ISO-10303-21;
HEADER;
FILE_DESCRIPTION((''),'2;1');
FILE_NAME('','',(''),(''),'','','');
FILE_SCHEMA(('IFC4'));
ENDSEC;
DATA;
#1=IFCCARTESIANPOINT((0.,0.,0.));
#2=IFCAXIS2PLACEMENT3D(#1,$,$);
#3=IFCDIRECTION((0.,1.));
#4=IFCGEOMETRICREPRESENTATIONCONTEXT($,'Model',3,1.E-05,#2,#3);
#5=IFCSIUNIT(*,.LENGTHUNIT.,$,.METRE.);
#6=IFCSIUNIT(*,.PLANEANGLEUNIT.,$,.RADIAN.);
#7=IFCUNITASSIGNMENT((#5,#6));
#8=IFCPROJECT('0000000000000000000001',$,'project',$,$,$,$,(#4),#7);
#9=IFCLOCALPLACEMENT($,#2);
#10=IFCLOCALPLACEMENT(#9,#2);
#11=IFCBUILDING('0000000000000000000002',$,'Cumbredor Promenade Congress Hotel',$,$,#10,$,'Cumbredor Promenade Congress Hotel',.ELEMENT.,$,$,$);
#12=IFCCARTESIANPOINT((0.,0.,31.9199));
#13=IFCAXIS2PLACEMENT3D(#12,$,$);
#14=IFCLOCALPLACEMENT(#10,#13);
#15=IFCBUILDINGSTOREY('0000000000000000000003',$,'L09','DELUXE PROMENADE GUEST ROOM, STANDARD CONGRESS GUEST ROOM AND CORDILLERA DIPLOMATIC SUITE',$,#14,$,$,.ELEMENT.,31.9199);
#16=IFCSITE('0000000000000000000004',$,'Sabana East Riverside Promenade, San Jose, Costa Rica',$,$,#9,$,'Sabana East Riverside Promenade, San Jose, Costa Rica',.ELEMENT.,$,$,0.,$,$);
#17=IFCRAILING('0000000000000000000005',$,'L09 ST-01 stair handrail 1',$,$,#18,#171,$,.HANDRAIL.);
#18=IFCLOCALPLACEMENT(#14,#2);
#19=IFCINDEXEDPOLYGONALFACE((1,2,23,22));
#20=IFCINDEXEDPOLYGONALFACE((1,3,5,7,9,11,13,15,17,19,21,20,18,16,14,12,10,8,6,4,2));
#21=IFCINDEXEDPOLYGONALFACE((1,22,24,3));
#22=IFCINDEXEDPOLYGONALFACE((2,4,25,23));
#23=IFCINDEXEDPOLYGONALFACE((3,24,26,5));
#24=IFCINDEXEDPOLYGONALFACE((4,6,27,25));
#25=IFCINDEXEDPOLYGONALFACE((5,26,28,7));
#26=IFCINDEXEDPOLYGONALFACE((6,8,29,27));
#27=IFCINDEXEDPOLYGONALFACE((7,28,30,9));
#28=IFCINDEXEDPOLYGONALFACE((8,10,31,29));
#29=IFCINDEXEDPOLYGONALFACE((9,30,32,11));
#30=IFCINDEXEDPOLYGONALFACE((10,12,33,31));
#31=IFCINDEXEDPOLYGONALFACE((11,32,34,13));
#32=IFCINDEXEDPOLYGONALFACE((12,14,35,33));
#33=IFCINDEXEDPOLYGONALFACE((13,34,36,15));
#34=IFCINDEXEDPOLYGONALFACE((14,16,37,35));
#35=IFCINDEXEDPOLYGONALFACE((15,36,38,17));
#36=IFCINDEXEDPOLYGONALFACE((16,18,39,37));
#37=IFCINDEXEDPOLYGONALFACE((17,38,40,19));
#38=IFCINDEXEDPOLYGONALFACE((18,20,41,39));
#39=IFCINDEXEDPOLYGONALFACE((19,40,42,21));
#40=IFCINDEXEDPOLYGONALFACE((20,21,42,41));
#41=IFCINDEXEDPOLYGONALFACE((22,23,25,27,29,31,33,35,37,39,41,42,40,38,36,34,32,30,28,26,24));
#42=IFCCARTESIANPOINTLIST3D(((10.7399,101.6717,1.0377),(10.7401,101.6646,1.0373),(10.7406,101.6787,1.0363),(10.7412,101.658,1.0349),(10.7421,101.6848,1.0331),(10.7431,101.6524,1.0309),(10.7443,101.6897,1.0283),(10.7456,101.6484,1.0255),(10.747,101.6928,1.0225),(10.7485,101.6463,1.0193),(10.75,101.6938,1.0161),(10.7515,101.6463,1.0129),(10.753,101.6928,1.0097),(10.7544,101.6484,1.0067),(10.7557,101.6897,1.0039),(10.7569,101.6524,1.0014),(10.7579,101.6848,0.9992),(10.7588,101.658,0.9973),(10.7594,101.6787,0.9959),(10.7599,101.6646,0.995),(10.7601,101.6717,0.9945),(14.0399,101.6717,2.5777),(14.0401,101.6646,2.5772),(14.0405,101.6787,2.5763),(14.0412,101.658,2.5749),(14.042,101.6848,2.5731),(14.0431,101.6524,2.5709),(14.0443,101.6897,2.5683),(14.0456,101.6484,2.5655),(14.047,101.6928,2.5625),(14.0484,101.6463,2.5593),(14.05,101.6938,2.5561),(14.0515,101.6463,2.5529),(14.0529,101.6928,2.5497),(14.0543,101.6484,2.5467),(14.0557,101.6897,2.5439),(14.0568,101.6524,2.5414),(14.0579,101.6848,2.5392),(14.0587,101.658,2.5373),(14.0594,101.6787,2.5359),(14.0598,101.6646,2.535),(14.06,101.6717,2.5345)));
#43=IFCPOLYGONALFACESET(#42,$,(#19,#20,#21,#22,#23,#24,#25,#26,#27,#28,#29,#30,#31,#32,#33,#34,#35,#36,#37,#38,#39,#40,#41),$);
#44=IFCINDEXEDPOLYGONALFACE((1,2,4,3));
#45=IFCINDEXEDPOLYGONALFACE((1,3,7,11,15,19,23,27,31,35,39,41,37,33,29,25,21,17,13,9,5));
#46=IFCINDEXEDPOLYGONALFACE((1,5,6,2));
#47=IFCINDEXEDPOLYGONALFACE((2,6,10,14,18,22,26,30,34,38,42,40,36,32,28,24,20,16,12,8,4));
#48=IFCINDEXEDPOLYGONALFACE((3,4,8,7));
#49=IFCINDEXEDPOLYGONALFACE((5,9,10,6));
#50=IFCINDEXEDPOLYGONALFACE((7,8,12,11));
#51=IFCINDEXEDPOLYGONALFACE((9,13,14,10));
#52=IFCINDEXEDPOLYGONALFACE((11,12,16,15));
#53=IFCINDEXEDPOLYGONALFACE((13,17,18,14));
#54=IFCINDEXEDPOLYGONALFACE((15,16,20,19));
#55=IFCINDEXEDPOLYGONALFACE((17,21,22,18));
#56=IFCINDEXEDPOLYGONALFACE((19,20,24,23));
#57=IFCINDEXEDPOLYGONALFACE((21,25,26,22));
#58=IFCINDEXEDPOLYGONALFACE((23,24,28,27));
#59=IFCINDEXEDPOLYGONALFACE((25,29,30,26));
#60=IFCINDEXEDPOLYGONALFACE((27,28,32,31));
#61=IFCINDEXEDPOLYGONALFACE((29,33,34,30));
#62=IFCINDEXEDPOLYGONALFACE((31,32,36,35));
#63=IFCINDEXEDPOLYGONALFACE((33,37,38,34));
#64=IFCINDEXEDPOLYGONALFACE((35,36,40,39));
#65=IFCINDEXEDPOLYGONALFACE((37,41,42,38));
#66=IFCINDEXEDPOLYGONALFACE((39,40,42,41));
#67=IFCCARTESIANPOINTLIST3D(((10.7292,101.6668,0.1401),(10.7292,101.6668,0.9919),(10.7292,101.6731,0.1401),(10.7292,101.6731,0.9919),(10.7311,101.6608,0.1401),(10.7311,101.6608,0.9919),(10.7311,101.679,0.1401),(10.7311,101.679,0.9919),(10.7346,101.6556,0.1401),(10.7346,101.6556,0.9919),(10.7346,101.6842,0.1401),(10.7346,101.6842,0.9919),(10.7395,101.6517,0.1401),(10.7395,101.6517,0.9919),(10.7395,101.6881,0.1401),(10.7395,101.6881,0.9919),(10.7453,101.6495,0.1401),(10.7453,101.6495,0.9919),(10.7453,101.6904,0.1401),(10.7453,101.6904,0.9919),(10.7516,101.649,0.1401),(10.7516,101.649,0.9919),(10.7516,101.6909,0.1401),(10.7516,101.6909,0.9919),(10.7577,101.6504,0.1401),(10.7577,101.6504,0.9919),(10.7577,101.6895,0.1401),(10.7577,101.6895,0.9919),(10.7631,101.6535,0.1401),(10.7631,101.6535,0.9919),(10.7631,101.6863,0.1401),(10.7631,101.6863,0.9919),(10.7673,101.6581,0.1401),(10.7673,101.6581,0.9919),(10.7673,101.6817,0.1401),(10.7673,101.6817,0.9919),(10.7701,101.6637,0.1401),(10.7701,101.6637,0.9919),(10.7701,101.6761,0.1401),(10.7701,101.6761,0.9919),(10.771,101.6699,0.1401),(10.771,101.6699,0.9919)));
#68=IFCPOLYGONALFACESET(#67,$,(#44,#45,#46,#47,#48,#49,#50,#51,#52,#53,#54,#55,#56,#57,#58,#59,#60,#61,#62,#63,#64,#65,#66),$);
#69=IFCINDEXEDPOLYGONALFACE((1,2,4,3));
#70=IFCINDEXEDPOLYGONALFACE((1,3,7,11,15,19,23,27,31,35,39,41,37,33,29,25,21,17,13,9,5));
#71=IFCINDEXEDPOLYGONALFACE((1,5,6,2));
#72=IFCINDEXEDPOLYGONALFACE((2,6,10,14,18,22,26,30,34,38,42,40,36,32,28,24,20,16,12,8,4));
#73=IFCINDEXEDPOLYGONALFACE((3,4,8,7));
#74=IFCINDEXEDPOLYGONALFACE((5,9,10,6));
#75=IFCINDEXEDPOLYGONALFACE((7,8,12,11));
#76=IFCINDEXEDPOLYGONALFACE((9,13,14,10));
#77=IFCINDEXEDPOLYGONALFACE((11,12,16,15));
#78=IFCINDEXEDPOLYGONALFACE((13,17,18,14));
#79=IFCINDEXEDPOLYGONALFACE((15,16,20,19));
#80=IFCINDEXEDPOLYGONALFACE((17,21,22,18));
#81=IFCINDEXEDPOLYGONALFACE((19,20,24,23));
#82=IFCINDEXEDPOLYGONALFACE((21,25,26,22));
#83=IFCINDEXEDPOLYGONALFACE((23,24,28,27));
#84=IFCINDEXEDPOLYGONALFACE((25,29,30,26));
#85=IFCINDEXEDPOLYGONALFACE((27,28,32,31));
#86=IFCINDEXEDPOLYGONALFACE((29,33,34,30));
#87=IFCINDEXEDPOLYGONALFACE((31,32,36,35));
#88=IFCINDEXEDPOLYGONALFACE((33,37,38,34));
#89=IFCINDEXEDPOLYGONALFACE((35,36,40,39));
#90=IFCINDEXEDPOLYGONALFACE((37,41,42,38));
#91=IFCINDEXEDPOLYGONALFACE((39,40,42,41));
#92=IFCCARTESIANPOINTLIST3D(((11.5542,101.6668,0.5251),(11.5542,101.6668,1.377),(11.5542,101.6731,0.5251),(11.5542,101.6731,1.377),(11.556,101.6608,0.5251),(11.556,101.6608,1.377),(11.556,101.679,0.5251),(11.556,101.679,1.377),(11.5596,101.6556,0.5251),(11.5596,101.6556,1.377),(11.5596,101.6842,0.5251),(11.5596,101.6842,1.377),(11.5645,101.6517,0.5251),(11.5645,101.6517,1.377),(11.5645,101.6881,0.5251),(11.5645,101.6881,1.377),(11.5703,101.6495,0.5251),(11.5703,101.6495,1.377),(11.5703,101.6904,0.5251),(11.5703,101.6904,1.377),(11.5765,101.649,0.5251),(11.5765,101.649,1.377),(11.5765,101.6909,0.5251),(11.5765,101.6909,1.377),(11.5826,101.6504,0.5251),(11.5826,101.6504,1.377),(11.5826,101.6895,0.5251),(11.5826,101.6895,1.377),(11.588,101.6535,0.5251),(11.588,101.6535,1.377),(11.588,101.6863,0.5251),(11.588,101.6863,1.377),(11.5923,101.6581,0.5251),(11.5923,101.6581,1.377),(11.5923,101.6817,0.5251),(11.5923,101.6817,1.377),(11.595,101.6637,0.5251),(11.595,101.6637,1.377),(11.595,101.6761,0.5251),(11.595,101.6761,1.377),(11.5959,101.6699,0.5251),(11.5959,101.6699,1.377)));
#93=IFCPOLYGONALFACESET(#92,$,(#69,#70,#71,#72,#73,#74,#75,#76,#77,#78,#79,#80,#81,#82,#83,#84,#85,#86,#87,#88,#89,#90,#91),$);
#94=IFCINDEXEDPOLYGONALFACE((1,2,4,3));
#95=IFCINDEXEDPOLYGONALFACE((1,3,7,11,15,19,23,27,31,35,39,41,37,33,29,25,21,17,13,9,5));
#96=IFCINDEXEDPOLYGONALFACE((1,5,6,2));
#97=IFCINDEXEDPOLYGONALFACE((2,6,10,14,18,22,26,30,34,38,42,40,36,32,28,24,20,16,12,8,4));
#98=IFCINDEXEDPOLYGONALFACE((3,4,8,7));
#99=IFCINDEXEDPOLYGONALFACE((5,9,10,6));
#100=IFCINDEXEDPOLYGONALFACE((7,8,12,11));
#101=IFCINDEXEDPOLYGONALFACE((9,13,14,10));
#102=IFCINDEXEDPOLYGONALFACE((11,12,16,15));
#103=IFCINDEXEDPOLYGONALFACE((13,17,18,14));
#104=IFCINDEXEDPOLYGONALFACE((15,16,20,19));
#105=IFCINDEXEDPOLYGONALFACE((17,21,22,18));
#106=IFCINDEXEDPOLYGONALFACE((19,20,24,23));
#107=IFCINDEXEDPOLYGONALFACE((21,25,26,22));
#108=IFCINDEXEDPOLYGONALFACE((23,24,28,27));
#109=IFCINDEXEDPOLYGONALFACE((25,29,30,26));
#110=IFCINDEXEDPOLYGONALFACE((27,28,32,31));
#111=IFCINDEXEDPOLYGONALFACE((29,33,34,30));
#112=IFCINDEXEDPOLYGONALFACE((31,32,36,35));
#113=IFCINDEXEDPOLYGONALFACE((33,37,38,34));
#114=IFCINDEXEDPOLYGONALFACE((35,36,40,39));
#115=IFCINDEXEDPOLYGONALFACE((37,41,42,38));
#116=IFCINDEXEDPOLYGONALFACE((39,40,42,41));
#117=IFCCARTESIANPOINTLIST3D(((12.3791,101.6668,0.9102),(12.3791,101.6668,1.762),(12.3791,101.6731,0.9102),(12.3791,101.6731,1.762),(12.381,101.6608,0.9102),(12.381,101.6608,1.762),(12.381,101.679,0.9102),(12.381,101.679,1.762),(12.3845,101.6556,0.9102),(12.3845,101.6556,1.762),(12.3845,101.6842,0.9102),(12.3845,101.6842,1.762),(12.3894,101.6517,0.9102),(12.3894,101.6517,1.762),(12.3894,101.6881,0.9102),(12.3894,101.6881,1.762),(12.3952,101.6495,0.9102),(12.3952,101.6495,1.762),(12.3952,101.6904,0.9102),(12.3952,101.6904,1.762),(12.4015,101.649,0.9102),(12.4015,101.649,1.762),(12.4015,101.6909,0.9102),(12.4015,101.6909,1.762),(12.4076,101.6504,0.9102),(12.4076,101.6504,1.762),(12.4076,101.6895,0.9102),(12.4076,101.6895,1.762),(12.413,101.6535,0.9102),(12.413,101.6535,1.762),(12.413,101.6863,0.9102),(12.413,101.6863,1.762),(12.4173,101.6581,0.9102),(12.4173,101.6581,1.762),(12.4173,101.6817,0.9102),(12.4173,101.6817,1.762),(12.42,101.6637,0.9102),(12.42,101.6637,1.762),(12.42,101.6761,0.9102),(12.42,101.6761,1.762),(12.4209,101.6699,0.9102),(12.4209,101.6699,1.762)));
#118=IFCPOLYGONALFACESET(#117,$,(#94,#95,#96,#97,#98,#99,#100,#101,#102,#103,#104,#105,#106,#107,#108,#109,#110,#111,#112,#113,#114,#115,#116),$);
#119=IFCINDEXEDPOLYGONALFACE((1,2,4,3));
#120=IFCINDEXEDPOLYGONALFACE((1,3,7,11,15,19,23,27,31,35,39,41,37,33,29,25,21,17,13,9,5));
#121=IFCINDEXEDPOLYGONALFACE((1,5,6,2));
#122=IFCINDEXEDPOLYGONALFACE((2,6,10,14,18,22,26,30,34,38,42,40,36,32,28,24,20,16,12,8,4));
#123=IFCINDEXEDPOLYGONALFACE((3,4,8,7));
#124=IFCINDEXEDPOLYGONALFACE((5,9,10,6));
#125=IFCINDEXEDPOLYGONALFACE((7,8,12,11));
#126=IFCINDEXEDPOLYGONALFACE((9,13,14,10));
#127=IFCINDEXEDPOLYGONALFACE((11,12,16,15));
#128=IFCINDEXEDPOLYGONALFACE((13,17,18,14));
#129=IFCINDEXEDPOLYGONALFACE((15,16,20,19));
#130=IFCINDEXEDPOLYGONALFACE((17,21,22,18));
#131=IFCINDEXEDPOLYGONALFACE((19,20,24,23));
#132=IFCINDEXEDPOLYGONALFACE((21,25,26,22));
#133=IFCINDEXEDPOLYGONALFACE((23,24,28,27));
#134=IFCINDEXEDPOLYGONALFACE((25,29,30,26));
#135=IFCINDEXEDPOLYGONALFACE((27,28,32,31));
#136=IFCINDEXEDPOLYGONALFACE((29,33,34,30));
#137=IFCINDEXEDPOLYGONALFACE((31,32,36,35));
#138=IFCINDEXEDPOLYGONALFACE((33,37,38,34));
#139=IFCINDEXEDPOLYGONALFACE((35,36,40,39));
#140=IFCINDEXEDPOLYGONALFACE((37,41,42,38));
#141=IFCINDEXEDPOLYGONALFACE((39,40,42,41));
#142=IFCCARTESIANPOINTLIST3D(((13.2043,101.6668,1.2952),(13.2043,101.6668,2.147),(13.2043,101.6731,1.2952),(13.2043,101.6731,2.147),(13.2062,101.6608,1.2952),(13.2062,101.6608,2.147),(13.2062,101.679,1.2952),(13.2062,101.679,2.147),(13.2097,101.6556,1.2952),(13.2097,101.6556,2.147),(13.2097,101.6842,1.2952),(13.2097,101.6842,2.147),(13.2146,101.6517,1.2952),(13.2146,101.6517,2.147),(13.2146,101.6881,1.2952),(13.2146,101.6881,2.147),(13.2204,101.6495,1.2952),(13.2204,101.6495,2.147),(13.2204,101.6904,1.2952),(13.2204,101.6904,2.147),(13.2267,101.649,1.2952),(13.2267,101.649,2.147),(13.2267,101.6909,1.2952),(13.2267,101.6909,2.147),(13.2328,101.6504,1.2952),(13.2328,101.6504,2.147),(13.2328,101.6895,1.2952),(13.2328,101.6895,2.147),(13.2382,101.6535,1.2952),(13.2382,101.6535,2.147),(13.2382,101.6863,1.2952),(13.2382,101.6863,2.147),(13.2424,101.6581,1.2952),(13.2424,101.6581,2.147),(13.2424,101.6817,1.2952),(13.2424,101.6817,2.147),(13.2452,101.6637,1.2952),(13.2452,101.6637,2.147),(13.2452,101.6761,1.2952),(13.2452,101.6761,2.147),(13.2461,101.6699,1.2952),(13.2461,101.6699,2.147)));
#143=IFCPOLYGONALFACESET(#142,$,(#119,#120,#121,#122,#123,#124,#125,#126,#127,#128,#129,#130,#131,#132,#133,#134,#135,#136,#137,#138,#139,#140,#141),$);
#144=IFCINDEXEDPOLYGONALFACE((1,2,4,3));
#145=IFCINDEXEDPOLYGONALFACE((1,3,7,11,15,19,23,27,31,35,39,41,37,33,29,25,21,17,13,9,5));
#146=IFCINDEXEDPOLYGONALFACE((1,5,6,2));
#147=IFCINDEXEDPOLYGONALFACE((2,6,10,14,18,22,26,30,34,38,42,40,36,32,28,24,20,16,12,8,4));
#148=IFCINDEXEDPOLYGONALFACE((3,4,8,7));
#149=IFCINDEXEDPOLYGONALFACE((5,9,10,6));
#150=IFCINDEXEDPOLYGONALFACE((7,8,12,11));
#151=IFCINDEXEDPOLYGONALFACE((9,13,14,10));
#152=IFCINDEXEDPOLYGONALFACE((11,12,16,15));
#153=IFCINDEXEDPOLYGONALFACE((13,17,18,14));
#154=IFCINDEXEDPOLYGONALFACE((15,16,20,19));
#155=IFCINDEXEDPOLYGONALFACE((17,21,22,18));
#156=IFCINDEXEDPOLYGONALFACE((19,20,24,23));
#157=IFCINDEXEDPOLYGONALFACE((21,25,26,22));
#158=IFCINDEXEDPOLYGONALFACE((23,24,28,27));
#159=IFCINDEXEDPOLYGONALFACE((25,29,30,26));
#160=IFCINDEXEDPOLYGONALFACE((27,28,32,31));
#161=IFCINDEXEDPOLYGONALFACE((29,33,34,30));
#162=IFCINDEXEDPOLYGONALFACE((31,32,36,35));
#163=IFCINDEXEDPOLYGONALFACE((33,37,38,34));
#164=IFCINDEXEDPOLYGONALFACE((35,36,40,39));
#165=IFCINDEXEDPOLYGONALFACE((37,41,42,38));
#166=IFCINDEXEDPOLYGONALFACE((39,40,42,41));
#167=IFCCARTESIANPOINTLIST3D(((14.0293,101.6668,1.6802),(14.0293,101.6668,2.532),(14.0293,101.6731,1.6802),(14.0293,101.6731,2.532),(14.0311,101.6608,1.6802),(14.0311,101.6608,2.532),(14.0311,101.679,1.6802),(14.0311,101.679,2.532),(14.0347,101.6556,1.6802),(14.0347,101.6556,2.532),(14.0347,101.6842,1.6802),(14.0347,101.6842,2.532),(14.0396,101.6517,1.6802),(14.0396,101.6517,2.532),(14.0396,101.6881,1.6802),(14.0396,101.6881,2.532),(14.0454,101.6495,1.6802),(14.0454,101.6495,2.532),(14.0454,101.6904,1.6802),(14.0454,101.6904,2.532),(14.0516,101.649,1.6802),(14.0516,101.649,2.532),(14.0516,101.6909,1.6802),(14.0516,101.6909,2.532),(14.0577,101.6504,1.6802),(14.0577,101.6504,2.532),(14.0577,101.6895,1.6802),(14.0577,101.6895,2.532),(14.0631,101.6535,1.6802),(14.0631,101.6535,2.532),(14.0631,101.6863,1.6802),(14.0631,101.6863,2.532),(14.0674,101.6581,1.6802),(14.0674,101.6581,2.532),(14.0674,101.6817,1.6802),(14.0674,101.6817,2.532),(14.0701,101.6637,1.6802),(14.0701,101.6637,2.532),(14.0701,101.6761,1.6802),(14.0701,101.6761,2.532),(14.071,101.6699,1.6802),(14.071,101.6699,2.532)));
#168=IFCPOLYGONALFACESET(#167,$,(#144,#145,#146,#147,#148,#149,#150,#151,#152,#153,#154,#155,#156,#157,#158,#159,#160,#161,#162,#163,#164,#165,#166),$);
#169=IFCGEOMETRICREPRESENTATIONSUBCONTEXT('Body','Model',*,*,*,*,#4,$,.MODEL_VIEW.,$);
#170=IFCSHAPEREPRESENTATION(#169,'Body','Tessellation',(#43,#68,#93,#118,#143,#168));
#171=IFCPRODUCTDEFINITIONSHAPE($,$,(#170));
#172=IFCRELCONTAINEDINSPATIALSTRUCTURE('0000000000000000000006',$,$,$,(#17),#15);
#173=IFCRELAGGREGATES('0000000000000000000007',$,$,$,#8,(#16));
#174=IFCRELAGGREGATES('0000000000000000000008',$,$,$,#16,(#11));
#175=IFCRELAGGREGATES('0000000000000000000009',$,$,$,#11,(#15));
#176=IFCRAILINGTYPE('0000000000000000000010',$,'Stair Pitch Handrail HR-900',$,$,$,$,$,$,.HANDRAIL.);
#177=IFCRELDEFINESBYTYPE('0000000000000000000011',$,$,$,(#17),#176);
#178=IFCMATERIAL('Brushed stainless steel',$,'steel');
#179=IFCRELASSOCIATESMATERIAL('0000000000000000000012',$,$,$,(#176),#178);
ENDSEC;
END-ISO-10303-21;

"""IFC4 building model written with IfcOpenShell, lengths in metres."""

from ifc_helpers import new_model, si_unit, direction, frame, origin, origin_2d, place, context, subcontext, project, spatial, circle, extrude, material, type_object, element, save


model = new_model("IFC4")

# Units and contexts
model_context = context("Model", 3, precision=1e-05, world=origin(), true_north=direction((0.0, 1.0)))
body_context = subcontext(model_context, "Body", "Model", "MODEL_VIEW")
ifc_project = project(units=[si_unit("LENGTHUNIT", "METRE"), si_unit("PLANEANGLEUNIT", "RADIAN")], contexts=[model_context])

# Site, building, storey
site_placement = place(None, origin())
site = spatial("IfcSite", under=ifc_project, at=site_placement, Name="Sabana East Riverside Promenade, San Jose, Costa Rica", LongName="Sabana East Riverside Promenade, San Jose, Costa Rica", CompositionType="ELEMENT", RefElevation=0.0)
building_placement = place(site_placement, origin())
building = spatial("IfcBuilding", under=site, at=building_placement, Name="Cumbredor Promenade Congress Hotel", LongName="Cumbredor Promenade Congress Hotel", CompositionType="ELEMENT")
storey_placement = place(building_placement, frame((0.0, 0.0, 31.9199)))
storey = spatial("IfcBuildingStorey", under=building, at=storey_placement, Name="L09", Description="DELUXE PROMENADE GUEST ROOM, STANDARD CONGRESS GUEST ROOM AND CORDILLERA DIPLOMATIC SUITE", CompositionType="ELEMENT", Elevation=31.9199)

# Railing
ifc_material_1 = material(Name="Brushed stainless steel", Category="steel")
railing_type_1 = type_object("IfcRailingType", Name="Stair Pitch Handrail HR-900", PredefinedType="HANDRAIL", material=ifc_material_1)
railing_1_placement = place(storey_placement, frame((10.75, 101.6699, 0.1401)))
element("IfcRailing", 1, at=railing_1_placement, inside=storey, type_object=railing_type_1, Name="L09 ST-01 stair handrail 1", PredefinedType="HANDRAIL", context=body_context, shape_type="SweptSolid", body=[
    extrude(circle(Radius=0.0239, at=origin_2d()), frame((0.0, 0.0, 0.876), z_axis=(0.906181, 0.0, 0.422889), x_axis=(0.0, 1.0, 0.0)), (0.0, 0.0, 1.0), 3.6416),
    extrude(circle(Radius=0.021, at=origin_2d()), origin(), (0.0, 0.0, 1.0), 0.8518),
    extrude(circle(Radius=0.021, at=origin_2d()), frame((0.825, 0.0, 0.385)), (0.0, 0.0, 1.0), 0.8518),
    extrude(circle(Radius=0.021, at=origin_2d()), frame((1.6499, 0.0, 0.77)), (0.0, 0.0, 1.0), 0.8518),
    extrude(circle(Radius=0.021, at=origin_2d()), frame((2.4751, 0.0, 1.155)), (0.0, 0.0, 1.0), 0.8518),
    extrude(circle(Radius=0.021, at=origin_2d()), frame((3.3, 0.0, 1.54)), (0.0, 0.0, 1.0), 0.8518),
])

save(model, "model.ifc")
